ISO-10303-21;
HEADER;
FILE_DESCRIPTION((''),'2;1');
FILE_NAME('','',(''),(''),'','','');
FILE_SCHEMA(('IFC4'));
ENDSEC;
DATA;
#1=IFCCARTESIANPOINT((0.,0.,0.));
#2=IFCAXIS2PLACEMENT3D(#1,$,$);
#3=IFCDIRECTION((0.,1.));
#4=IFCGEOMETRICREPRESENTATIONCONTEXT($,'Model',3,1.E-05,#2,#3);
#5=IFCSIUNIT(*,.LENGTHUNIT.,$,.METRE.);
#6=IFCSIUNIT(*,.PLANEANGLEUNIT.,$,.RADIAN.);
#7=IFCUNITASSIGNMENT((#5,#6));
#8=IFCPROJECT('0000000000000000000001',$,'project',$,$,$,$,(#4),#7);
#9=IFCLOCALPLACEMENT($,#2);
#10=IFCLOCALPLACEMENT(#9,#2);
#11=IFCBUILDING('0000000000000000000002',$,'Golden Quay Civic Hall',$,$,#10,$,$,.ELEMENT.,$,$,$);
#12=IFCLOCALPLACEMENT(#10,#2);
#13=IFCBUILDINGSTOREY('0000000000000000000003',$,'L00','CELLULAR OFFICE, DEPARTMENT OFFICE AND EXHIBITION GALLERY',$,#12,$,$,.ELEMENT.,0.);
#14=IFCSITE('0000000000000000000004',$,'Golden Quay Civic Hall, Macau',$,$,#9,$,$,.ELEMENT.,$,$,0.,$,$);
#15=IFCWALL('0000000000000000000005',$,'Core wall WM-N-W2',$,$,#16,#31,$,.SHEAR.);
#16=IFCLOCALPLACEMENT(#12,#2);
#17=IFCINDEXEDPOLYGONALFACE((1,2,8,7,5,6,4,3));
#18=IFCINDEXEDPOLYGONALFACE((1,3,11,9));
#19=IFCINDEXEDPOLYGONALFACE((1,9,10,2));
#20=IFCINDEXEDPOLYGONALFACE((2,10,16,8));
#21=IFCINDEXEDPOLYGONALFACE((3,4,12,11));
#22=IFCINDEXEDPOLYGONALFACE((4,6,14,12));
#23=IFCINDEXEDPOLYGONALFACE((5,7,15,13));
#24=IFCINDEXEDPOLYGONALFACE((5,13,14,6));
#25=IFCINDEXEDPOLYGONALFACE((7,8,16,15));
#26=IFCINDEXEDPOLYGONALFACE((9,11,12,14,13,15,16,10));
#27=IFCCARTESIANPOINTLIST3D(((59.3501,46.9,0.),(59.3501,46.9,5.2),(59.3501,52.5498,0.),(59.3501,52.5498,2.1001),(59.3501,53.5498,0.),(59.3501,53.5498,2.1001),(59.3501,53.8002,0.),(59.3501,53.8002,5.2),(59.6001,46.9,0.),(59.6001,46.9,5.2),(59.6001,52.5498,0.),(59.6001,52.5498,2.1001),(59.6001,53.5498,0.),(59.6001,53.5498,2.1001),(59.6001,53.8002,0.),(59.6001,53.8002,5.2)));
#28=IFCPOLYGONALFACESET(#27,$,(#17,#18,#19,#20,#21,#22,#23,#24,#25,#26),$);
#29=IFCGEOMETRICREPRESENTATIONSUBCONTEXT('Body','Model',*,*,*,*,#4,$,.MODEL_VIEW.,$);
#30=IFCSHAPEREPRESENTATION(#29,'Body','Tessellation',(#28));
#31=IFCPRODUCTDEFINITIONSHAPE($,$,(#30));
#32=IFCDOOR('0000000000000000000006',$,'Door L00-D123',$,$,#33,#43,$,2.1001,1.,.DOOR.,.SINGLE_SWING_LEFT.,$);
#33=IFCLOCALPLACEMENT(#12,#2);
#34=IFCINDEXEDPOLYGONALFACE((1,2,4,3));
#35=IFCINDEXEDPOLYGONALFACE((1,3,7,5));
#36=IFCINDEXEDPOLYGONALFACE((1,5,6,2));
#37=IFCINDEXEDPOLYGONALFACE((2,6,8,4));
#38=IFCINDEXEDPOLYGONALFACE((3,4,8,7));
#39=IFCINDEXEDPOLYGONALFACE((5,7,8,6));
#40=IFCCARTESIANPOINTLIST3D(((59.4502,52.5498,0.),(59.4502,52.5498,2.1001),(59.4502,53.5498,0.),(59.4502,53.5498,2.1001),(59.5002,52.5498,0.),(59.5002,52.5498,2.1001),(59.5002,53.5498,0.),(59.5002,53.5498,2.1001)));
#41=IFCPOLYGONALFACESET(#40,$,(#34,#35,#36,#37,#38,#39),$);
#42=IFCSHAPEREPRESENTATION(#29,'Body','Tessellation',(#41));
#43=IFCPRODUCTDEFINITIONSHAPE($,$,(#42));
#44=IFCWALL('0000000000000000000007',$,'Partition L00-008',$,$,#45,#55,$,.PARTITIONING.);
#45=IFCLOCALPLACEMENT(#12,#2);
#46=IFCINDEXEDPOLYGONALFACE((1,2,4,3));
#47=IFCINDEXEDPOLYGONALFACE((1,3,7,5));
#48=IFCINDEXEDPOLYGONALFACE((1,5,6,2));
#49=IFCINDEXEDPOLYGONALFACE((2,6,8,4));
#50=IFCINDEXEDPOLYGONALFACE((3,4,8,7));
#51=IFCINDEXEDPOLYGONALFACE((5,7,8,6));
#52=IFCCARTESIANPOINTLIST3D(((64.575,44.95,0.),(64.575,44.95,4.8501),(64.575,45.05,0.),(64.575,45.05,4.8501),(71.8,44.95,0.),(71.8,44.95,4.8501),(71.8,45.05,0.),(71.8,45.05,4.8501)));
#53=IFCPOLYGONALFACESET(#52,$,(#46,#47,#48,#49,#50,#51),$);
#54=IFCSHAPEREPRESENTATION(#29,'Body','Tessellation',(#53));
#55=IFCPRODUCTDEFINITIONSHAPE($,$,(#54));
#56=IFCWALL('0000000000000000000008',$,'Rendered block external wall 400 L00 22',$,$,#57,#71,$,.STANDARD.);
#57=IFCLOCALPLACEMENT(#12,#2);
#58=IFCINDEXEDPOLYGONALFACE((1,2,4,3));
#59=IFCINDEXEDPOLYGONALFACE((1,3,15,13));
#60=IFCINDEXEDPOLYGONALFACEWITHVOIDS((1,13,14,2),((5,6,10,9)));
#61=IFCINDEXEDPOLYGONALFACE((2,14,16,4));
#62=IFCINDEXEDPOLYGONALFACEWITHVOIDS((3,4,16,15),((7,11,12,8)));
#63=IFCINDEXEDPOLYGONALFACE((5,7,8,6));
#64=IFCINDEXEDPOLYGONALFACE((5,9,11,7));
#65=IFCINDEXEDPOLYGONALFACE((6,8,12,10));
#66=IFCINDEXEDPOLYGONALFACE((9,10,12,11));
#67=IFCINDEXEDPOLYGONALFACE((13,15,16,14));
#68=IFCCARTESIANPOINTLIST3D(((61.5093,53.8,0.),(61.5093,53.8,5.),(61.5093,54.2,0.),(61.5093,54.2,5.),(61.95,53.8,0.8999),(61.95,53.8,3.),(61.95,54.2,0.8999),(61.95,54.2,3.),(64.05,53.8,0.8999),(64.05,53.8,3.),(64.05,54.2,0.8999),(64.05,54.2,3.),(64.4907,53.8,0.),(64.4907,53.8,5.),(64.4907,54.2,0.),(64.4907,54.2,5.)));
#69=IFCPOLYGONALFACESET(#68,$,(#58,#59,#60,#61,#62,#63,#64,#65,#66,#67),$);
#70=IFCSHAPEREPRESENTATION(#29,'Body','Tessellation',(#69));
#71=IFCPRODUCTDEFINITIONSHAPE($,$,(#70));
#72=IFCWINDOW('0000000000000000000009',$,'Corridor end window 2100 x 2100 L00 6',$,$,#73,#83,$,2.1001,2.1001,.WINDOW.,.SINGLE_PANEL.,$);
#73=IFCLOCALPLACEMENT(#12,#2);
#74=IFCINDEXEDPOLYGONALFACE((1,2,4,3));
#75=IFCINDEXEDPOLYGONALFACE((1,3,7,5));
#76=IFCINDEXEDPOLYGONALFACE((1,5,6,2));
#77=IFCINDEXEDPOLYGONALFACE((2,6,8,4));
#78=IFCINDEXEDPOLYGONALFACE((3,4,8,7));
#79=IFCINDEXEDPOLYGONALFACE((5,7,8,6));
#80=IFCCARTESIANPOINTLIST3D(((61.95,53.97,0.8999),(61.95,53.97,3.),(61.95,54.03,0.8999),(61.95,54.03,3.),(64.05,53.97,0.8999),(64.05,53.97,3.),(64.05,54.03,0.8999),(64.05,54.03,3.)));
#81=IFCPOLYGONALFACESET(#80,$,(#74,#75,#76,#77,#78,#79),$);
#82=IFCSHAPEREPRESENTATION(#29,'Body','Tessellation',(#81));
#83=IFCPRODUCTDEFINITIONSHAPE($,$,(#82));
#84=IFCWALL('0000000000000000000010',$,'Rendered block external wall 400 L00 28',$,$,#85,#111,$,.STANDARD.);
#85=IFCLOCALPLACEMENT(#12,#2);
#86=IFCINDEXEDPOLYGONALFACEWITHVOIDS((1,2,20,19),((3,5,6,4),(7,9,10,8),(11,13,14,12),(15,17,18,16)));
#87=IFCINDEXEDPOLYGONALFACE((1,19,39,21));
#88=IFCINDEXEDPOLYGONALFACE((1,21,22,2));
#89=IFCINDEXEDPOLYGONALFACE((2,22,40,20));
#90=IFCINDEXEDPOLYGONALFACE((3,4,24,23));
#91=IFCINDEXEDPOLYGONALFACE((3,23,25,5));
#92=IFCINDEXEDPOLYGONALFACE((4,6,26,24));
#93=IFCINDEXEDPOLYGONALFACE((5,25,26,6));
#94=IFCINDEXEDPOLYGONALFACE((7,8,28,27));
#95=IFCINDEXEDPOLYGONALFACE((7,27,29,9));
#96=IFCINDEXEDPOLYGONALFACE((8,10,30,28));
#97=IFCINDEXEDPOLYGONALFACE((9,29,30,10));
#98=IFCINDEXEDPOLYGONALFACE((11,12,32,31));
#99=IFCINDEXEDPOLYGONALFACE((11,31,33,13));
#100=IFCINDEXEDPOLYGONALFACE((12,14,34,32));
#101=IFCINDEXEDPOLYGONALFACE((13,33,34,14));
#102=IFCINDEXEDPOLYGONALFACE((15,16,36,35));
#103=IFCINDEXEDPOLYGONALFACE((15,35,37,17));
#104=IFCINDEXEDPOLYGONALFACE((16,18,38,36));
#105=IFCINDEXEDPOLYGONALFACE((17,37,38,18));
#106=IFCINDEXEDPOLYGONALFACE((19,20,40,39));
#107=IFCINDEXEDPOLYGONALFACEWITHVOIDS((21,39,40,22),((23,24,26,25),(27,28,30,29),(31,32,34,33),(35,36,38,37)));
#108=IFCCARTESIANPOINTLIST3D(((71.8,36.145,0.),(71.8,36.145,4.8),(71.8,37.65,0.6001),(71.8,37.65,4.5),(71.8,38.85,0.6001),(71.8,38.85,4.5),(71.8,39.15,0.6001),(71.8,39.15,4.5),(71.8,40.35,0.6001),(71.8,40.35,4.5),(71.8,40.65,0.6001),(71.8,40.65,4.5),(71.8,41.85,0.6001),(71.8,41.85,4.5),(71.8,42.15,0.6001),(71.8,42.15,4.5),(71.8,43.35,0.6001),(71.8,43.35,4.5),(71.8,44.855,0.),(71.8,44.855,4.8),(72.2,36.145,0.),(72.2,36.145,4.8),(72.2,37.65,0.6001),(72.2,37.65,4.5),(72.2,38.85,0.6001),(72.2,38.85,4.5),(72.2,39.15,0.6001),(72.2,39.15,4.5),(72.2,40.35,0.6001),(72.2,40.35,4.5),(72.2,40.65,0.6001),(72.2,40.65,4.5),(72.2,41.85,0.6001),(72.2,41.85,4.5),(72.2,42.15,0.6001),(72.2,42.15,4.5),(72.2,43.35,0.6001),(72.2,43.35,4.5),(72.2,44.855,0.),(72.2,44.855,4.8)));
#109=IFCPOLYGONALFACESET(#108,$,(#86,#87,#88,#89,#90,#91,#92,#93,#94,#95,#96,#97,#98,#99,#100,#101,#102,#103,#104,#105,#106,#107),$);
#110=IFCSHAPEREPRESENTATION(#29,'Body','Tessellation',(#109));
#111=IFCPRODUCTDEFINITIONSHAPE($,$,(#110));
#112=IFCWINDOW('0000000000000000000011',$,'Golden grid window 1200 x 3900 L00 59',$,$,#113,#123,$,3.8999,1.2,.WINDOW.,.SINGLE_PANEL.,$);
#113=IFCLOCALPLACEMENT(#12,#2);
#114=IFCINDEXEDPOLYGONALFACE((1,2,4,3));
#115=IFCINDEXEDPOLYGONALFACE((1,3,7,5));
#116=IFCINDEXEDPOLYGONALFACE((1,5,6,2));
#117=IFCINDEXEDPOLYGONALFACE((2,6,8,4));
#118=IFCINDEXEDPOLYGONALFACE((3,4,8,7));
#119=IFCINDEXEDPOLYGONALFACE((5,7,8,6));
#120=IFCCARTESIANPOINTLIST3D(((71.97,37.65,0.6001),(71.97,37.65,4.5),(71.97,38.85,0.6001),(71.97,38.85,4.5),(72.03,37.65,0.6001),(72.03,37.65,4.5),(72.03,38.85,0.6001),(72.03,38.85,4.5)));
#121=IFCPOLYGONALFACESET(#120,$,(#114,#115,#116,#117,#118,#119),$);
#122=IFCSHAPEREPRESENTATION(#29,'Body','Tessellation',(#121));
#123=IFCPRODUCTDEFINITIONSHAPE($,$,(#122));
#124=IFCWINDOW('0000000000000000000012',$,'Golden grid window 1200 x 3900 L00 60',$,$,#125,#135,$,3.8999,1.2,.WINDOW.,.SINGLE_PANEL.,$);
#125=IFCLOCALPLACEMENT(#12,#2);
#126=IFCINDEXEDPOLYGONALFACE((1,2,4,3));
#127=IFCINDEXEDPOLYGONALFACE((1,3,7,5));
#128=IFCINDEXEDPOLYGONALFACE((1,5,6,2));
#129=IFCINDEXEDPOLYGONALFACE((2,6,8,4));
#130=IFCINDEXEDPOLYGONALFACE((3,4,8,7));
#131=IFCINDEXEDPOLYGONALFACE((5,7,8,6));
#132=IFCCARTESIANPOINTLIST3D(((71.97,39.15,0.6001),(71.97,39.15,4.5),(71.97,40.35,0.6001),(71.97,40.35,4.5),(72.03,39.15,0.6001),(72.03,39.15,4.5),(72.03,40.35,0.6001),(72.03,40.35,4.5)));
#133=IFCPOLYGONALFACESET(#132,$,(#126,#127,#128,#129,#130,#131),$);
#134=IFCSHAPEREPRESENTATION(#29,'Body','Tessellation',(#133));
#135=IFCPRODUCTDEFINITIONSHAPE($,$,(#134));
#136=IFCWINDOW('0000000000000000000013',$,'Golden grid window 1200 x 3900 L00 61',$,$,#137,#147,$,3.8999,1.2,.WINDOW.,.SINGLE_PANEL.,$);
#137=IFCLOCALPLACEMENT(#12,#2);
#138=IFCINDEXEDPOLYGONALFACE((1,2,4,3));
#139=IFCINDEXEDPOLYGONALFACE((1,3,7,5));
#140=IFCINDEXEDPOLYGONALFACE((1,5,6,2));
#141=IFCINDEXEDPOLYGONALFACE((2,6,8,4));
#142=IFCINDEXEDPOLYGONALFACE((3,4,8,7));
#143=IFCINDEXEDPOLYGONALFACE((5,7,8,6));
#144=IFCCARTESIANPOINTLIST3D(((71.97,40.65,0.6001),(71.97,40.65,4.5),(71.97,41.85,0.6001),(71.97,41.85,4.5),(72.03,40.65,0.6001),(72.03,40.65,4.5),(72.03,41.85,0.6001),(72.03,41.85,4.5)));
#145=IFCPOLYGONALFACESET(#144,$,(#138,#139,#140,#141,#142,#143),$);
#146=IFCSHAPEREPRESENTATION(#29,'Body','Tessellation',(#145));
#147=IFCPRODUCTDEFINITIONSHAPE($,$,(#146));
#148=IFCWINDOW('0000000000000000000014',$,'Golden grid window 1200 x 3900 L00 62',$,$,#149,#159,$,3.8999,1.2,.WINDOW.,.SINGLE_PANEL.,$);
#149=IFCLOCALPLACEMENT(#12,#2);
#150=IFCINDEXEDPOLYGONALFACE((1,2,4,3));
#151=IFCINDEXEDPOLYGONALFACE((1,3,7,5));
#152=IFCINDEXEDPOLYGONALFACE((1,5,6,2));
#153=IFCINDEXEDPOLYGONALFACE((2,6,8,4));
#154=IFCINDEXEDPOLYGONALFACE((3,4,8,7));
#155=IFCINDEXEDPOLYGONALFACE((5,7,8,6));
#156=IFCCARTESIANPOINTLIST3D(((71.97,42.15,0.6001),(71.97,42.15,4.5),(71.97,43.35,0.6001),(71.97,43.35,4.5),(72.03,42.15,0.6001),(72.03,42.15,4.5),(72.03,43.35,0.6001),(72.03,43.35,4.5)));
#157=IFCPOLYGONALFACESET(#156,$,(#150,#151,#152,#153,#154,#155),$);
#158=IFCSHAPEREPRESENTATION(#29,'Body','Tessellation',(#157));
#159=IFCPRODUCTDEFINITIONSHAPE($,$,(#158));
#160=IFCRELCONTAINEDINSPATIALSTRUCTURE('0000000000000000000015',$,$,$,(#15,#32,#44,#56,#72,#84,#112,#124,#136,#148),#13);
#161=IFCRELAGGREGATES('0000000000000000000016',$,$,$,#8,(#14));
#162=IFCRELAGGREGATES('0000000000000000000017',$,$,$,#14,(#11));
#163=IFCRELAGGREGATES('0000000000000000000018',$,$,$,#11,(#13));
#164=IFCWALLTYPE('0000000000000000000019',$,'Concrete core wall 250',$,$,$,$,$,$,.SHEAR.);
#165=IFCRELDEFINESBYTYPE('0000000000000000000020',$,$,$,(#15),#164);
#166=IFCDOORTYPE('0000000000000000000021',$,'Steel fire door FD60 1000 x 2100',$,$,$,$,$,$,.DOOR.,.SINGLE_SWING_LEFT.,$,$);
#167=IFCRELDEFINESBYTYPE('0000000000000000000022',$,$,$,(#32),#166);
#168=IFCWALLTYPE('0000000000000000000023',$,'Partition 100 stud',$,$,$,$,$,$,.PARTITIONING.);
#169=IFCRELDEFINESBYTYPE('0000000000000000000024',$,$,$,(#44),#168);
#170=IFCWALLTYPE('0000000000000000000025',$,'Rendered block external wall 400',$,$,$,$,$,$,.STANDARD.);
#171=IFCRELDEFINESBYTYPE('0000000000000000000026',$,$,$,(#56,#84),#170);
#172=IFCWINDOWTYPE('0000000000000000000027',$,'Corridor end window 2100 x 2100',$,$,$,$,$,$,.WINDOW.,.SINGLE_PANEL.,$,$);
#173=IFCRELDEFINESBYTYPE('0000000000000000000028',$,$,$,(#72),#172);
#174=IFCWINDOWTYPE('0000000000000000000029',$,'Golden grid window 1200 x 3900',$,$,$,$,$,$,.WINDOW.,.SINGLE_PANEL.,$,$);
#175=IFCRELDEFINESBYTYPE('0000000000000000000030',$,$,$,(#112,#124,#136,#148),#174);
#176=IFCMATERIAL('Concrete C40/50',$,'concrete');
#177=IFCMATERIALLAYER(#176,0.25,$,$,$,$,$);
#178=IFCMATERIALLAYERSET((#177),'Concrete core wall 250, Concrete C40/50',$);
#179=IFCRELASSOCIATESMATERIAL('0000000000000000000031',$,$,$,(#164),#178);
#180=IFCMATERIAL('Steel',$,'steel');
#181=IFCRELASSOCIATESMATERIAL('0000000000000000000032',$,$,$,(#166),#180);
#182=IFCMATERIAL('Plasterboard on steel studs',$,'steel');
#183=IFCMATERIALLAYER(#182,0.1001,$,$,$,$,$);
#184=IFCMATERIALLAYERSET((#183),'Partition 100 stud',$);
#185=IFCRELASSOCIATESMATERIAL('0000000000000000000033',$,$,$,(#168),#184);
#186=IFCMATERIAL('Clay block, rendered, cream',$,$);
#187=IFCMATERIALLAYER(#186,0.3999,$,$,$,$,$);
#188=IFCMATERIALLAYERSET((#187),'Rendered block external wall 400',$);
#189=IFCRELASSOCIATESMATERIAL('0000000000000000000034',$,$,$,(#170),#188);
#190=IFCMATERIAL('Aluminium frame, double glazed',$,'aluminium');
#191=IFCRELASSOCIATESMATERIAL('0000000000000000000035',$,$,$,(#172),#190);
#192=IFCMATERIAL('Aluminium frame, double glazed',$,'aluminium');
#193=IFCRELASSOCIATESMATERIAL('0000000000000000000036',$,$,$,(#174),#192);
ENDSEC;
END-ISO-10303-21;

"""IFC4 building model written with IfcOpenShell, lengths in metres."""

from ifc_helpers import new_model, si_unit, direction, frame, frame_2d, origin, place, context, subcontext, project, spatial, rectangle, extrude, material, layer, layer_set, type_object, element, fill, save


model = new_model("IFC4")

# Units and contexts
model_context = context("Model", 3, precision=1e-05, world=origin(), true_north=direction((0.0, 1.0)))
body_context = subcontext(model_context, "Body", "Model", "MODEL_VIEW")
ifc_project = project(units=[si_unit("LENGTHUNIT", "METRE"), si_unit("PLANEANGLEUNIT", "RADIAN")], contexts=[model_context])

# Site, building, storey
site_placement = place(None, origin())
site = spatial("IfcSite", under=ifc_project, at=site_placement, Name="Golden Quay Civic Hall, Macau", CompositionType="ELEMENT", RefElevation=0.0)
building_placement = place(site_placement, origin())
building = spatial("IfcBuilding", under=site, at=building_placement, Name="Golden Quay Civic Hall", CompositionType="ELEMENT")
storey_placement = place(building_placement, origin())
storey = spatial("IfcBuildingStorey", under=building, at=storey_placement, Name="L00", Description="CELLULAR OFFICE, DEPARTMENT OFFICE AND EXHIBITION GALLERY", CompositionType="ELEMENT", Elevation=0.0)

# Wall, opening, door
ifc_material_1 = material(Name="Concrete C40/50", Category="concrete")
ifc_layer_1 = layer(ifc_material_1, 0.25)
ifc_layer_set_1 = layer_set([ifc_layer_1], Name="Concrete core wall 250, Concrete C40/50")
wall_type_1 = type_object("IfcWallType", Name="Concrete core wall 250", PredefinedType="SHEAR", material=ifc_layer_set_1)
wall_1_placement = place(storey_placement, frame((59.4751, 46.8999, 0.0), z_axis=(0.0, 0.0, 1.0), x_axis=(0.0, 1.0, 0.0)))
wall_1 = element("IfcWall", 1, at=wall_1_placement, inside=storey, type_object=wall_type_1, Name="Core wall WM-N-W2", PredefinedType="SHEAR", context=body_context, shape_type="SweptSolid", body=[
    extrude(rectangle(XDim=6.9001, YDim=0.25, at=frame_2d((3.4502, 0.0))), origin(), (0.0, 0.0, 1.0), 5.2),
])
opening_1_placement = place(wall_1_placement, frame((5.6499, 0.0, 0.0)))
opening_1 = element("IfcOpeningElement", 2, at=opening_1_placement, cuts=wall_1, PredefinedType="OPENING", context=body_context, shape_type="SweptSolid", body=[
    extrude(rectangle(XDim=1.0, YDim=2.1001, at=frame_2d((0.5, 1.05))), frame((0.0, 0.135, 0.0), z_axis=(0.0, -1.0, 0.0), x_axis=(1.0, 0.0, 0.0)), (0.0, 0.0, 1.0), 0.27),
])
ifc_material_2 = material(Name="Steel", Category="steel")
door_type = type_object("IfcDoorType", Name="Steel fire door FD60 1000 x 2100", OperationType="SINGLE_SWING_LEFT", PredefinedType="DOOR", material=ifc_material_2)
door_placement = place(opening_1_placement, origin())
door = element("IfcDoor", 3, at=door_placement, inside=storey, type_object=door_type, Name="Door L00-D123", OperationType="SINGLE_SWING_LEFT", OverallHeight=2.1001, OverallWidth=1.0, PredefinedType="DOOR", context=body_context, shape_type="SweptSolid", body=[
    extrude(rectangle(XDim=1.0, YDim=2.1001, at=frame_2d((0.5, 1.05))), frame((0.0, 0.0249, 0.0), z_axis=(0.0, -1.0, 0.0), x_axis=(1.0, 0.0, 0.0)), (0.0, 0.0, 1.0), 0.05),
])
fill(opening_1, door)

# Wall
ifc_material_3 = material(Name="Plasterboard on steel studs", Category="steel")
ifc_layer_2 = layer(ifc_material_3, 0.1001)
ifc_layer_set_2 = layer_set([ifc_layer_2], Name="Partition 100 stud")
wall_type_2 = type_object("IfcWallType", Name="Partition 100 stud", PredefinedType="PARTITIONING", material=ifc_layer_set_2)
wall_2_placement = place(storey_placement, frame((64.575, 45.0, 0.0), z_axis=(0.0, 0.0, 1.0), x_axis=(1.0, 0.0, 0.0)))
element("IfcWall", 4, at=wall_2_placement, inside=storey, type_object=wall_type_2, Name="Partition L00-008", PredefinedType="PARTITIONING", context=body_context, shape_type="SweptSolid", body=[
    extrude(rectangle(XDim=7.2251, YDim=0.1001, at=frame_2d((3.6125, 0.0))), origin(), (0.0, 0.0, 1.0), 4.8501),
])

# Wall, opening, window
ifc_material_4 = material(Name="Clay block, rendered, cream")
ifc_layer_3 = layer(ifc_material_4, 0.3999)
ifc_layer_set_3 = layer_set([ifc_layer_3], Name="Rendered block external wall 400")
wall_type_3 = type_object("IfcWallType", Name="Rendered block external wall 400", PredefinedType="STANDARD", material=ifc_layer_set_3)
wall_3_placement = place(storey_placement, frame((61.5093, 54.0, 0.0), z_axis=(0.0, 0.0, 1.0), x_axis=(1.0, 0.0, 0.0)))
wall_3 = element("IfcWall", 5, at=wall_3_placement, inside=storey, type_object=wall_type_3, Name="Rendered block external wall 400 L00 22", PredefinedType="STANDARD", context=body_context, shape_type="SweptSolid", body=[
    extrude(rectangle(XDim=2.9814, YDim=0.3999, at=frame_2d((1.4907, 0.0))), origin(), (0.0, 0.0, 1.0), 5.0),
])
opening_2_placement = place(wall_3_placement, frame((0.4407, 0.0, 0.8999)))
opening_2 = element("IfcOpeningElement", 6, at=opening_2_placement, cuts=wall_3, PredefinedType="OPENING", context=body_context, shape_type="SweptSolid", body=[
    extrude(rectangle(XDim=2.1001, YDim=2.1001, at=frame_2d((1.05, 1.05))), frame((0.0, 0.21, 0.0), z_axis=(0.0, -1.0, 0.0), x_axis=(1.0, 0.0, 0.0)), (0.0, 0.0, 1.0), 0.4199),
])
ifc_material_5 = material(Name="Aluminium frame, double glazed", Category="aluminium")
window_type_1 = type_object("IfcWindowType", Name="Corridor end window 2100 x 2100", PartitioningType="SINGLE_PANEL", PredefinedType="WINDOW", material=ifc_material_5)
window_1_placement = place(opening_2_placement, origin())
window_1 = element("IfcWindow", 7, at=window_1_placement, inside=storey, type_object=window_type_1, Name="Corridor end window 2100 x 2100 L00 6", OverallHeight=2.1001, OverallWidth=2.1001, PartitioningType="SINGLE_PANEL", PredefinedType="WINDOW", context=body_context, shape_type="SweptSolid", body=[
    extrude(rectangle(XDim=2.1001, YDim=2.1001, at=frame_2d((1.05, 1.05))), frame((0.0, 0.03, 0.0), z_axis=(0.0, -1.0, 0.0), x_axis=(1.0, 0.0, 0.0)), (0.0, 0.0, 1.0), 0.0601),
])
fill(opening_2, window_1)

# Wall, openings, windows
wall_4_placement = place(storey_placement, frame((72.0, 44.855, 0.0), z_axis=(0.0, 0.0, 1.0), x_axis=(0.0, -1.0, 0.0)))
wall_4 = element("IfcWall", 8, at=wall_4_placement, inside=storey, type_object=wall_type_3, Name="Rendered block external wall 400 L00 28", PredefinedType="STANDARD", context=body_context, shape_type="SweptSolid", body=[
    extrude(rectangle(XDim=8.71, YDim=0.3999, at=frame_2d((4.355, 0.0))), origin(), (0.0, 0.0, 1.0), 4.8),
])
opening_3_placement = place(wall_4_placement, frame((6.0049, 0.0, 0.6001)))
opening_3 = element("IfcOpeningElement", 9, at=opening_3_placement, cuts=wall_4, PredefinedType="OPENING", context=body_context, shape_type="SweptSolid", body=[
    extrude(rectangle(XDim=1.2, YDim=3.8999, at=frame_2d((0.6001, 1.95))), frame((0.0, 0.21, 0.0), z_axis=(0.0, -1.0, 0.0), x_axis=(1.0, 0.0, 0.0)), (0.0, 0.0, 1.0), 0.4199),
])
opening_4_placement = place(wall_4_placement, frame((4.5049, 0.0, 0.6001)))
opening_4 = element("IfcOpeningElement", 10, at=opening_4_placement, cuts=wall_4, PredefinedType="OPENING", context=body_context, shape_type="SweptSolid", body=[
    extrude(rectangle(XDim=1.2, YDim=3.8999, at=frame_2d((0.6001, 1.95))), frame((0.0, 0.21, 0.0), z_axis=(0.0, -1.0, 0.0), x_axis=(1.0, 0.0, 0.0)), (0.0, 0.0, 1.0), 0.4199),
])
opening_5_placement = place(wall_4_placement, frame((3.0049, 0.0, 0.6001)))
opening_5 = element("IfcOpeningElement", 11, at=opening_5_placement, cuts=wall_4, PredefinedType="OPENING", context=body_context, shape_type="SweptSolid", body=[
    extrude(rectangle(XDim=1.2, YDim=3.8999, at=frame_2d((0.6001, 1.95))), frame((0.0, 0.21, 0.0), z_axis=(0.0, -1.0, 0.0), x_axis=(1.0, 0.0, 0.0)), (0.0, 0.0, 1.0), 0.4199),
])
opening_6_placement = place(wall_4_placement, frame((1.5049, 0.0, 0.6001)))
opening_6 = element("IfcOpeningElement", 12, at=opening_6_placement, cuts=wall_4, PredefinedType="OPENING", context=body_context, shape_type="SweptSolid", body=[
    extrude(rectangle(XDim=1.2, YDim=3.8999, at=frame_2d((0.6001, 1.95))), frame((0.0, 0.21, 0.0), z_axis=(0.0, -1.0, 0.0), x_axis=(1.0, 0.0, 0.0)), (0.0, 0.0, 1.0), 0.4199),
])
ifc_material_6 = material(Name="Aluminium frame, double glazed", Category="aluminium")
window_type_2 = type_object("IfcWindowType", Name="Golden grid window 1200 x 3900", PartitioningType="SINGLE_PANEL", PredefinedType="WINDOW", material=ifc_material_6)
window_2_placement = place(opening_3_placement, origin())
window_2 = element("IfcWindow", 13, at=window_2_placement, inside=storey, type_object=window_type_2, Name="Golden grid window 1200 x 3900 L00 59", OverallHeight=3.8999, OverallWidth=1.2, PartitioningType="SINGLE_PANEL", PredefinedType="WINDOW", context=body_context, shape_type="SweptSolid", body=[
    extrude(rectangle(XDim=1.2, YDim=3.8999, at=frame_2d((0.6001, 1.95))), frame((0.0, 0.03, 0.0), z_axis=(0.0, -1.0, 0.0), x_axis=(1.0, 0.0, 0.0)), (0.0, 0.0, 1.0), 0.0601),
])
fill(opening_3, window_2)
window_3_placement = place(opening_4_placement, origin())
window_3 = element("IfcWindow", 14, at=window_3_placement, inside=storey, type_object=window_type_2, Name="Golden grid window 1200 x 3900 L00 60", OverallHeight=3.8999, OverallWidth=1.2, PartitioningType="SINGLE_PANEL", PredefinedType="WINDOW", context=body_context, shape_type="SweptSolid", body=[
    extrude(rectangle(XDim=1.2, YDim=3.8999, at=frame_2d((0.6001, 1.95))), frame((0.0, 0.03, 0.0), z_axis=(0.0, -1.0, 0.0), x_axis=(1.0, 0.0, 0.0)), (0.0, 0.0, 1.0), 0.0601),
])
fill(opening_4, window_3)
window_4_placement = place(opening_5_placement, origin())
window_4 = element("IfcWindow", 15, at=window_4_placement, inside=storey, type_object=window_type_2, Name="Golden grid window 1200 x 3900 L00 61", OverallHeight=3.8999, OverallWidth=1.2, PartitioningType="SINGLE_PANEL", PredefinedType="WINDOW", context=body_context, shape_type="SweptSolid", body=[
    extrude(rectangle(XDim=1.2, YDim=3.8999, at=frame_2d((0.6001, 1.95))), frame((0.0, 0.03, 0.0), z_axis=(0.0, -1.0, 0.0), x_axis=(1.0, 0.0, 0.0)), (0.0, 0.0, 1.0), 0.0601),
])
fill(opening_5, window_4)
window_5_placement = place(opening_6_placement, origin())
window_5 = element("IfcWindow", 16, at=window_5_placement, inside=storey, type_object=window_type_2, Name="Golden grid window 1200 x 3900 L00 62", OverallHeight=3.8999, OverallWidth=1.2, PartitioningType="SINGLE_PANEL", PredefinedType="WINDOW", context=body_context, shape_type="SweptSolid", body=[
    extrude(rectangle(XDim=1.2, YDim=3.8999, at=frame_2d((0.6001, 1.95))), frame((0.0, 0.03, 0.0), z_axis=(0.0, -1.0, 0.0), x_axis=(1.0, 0.0, 0.0)), (0.0, 0.0, 1.0), 0.0601),
])
fill(opening_6, window_5)

save(model, "model.ifc")
